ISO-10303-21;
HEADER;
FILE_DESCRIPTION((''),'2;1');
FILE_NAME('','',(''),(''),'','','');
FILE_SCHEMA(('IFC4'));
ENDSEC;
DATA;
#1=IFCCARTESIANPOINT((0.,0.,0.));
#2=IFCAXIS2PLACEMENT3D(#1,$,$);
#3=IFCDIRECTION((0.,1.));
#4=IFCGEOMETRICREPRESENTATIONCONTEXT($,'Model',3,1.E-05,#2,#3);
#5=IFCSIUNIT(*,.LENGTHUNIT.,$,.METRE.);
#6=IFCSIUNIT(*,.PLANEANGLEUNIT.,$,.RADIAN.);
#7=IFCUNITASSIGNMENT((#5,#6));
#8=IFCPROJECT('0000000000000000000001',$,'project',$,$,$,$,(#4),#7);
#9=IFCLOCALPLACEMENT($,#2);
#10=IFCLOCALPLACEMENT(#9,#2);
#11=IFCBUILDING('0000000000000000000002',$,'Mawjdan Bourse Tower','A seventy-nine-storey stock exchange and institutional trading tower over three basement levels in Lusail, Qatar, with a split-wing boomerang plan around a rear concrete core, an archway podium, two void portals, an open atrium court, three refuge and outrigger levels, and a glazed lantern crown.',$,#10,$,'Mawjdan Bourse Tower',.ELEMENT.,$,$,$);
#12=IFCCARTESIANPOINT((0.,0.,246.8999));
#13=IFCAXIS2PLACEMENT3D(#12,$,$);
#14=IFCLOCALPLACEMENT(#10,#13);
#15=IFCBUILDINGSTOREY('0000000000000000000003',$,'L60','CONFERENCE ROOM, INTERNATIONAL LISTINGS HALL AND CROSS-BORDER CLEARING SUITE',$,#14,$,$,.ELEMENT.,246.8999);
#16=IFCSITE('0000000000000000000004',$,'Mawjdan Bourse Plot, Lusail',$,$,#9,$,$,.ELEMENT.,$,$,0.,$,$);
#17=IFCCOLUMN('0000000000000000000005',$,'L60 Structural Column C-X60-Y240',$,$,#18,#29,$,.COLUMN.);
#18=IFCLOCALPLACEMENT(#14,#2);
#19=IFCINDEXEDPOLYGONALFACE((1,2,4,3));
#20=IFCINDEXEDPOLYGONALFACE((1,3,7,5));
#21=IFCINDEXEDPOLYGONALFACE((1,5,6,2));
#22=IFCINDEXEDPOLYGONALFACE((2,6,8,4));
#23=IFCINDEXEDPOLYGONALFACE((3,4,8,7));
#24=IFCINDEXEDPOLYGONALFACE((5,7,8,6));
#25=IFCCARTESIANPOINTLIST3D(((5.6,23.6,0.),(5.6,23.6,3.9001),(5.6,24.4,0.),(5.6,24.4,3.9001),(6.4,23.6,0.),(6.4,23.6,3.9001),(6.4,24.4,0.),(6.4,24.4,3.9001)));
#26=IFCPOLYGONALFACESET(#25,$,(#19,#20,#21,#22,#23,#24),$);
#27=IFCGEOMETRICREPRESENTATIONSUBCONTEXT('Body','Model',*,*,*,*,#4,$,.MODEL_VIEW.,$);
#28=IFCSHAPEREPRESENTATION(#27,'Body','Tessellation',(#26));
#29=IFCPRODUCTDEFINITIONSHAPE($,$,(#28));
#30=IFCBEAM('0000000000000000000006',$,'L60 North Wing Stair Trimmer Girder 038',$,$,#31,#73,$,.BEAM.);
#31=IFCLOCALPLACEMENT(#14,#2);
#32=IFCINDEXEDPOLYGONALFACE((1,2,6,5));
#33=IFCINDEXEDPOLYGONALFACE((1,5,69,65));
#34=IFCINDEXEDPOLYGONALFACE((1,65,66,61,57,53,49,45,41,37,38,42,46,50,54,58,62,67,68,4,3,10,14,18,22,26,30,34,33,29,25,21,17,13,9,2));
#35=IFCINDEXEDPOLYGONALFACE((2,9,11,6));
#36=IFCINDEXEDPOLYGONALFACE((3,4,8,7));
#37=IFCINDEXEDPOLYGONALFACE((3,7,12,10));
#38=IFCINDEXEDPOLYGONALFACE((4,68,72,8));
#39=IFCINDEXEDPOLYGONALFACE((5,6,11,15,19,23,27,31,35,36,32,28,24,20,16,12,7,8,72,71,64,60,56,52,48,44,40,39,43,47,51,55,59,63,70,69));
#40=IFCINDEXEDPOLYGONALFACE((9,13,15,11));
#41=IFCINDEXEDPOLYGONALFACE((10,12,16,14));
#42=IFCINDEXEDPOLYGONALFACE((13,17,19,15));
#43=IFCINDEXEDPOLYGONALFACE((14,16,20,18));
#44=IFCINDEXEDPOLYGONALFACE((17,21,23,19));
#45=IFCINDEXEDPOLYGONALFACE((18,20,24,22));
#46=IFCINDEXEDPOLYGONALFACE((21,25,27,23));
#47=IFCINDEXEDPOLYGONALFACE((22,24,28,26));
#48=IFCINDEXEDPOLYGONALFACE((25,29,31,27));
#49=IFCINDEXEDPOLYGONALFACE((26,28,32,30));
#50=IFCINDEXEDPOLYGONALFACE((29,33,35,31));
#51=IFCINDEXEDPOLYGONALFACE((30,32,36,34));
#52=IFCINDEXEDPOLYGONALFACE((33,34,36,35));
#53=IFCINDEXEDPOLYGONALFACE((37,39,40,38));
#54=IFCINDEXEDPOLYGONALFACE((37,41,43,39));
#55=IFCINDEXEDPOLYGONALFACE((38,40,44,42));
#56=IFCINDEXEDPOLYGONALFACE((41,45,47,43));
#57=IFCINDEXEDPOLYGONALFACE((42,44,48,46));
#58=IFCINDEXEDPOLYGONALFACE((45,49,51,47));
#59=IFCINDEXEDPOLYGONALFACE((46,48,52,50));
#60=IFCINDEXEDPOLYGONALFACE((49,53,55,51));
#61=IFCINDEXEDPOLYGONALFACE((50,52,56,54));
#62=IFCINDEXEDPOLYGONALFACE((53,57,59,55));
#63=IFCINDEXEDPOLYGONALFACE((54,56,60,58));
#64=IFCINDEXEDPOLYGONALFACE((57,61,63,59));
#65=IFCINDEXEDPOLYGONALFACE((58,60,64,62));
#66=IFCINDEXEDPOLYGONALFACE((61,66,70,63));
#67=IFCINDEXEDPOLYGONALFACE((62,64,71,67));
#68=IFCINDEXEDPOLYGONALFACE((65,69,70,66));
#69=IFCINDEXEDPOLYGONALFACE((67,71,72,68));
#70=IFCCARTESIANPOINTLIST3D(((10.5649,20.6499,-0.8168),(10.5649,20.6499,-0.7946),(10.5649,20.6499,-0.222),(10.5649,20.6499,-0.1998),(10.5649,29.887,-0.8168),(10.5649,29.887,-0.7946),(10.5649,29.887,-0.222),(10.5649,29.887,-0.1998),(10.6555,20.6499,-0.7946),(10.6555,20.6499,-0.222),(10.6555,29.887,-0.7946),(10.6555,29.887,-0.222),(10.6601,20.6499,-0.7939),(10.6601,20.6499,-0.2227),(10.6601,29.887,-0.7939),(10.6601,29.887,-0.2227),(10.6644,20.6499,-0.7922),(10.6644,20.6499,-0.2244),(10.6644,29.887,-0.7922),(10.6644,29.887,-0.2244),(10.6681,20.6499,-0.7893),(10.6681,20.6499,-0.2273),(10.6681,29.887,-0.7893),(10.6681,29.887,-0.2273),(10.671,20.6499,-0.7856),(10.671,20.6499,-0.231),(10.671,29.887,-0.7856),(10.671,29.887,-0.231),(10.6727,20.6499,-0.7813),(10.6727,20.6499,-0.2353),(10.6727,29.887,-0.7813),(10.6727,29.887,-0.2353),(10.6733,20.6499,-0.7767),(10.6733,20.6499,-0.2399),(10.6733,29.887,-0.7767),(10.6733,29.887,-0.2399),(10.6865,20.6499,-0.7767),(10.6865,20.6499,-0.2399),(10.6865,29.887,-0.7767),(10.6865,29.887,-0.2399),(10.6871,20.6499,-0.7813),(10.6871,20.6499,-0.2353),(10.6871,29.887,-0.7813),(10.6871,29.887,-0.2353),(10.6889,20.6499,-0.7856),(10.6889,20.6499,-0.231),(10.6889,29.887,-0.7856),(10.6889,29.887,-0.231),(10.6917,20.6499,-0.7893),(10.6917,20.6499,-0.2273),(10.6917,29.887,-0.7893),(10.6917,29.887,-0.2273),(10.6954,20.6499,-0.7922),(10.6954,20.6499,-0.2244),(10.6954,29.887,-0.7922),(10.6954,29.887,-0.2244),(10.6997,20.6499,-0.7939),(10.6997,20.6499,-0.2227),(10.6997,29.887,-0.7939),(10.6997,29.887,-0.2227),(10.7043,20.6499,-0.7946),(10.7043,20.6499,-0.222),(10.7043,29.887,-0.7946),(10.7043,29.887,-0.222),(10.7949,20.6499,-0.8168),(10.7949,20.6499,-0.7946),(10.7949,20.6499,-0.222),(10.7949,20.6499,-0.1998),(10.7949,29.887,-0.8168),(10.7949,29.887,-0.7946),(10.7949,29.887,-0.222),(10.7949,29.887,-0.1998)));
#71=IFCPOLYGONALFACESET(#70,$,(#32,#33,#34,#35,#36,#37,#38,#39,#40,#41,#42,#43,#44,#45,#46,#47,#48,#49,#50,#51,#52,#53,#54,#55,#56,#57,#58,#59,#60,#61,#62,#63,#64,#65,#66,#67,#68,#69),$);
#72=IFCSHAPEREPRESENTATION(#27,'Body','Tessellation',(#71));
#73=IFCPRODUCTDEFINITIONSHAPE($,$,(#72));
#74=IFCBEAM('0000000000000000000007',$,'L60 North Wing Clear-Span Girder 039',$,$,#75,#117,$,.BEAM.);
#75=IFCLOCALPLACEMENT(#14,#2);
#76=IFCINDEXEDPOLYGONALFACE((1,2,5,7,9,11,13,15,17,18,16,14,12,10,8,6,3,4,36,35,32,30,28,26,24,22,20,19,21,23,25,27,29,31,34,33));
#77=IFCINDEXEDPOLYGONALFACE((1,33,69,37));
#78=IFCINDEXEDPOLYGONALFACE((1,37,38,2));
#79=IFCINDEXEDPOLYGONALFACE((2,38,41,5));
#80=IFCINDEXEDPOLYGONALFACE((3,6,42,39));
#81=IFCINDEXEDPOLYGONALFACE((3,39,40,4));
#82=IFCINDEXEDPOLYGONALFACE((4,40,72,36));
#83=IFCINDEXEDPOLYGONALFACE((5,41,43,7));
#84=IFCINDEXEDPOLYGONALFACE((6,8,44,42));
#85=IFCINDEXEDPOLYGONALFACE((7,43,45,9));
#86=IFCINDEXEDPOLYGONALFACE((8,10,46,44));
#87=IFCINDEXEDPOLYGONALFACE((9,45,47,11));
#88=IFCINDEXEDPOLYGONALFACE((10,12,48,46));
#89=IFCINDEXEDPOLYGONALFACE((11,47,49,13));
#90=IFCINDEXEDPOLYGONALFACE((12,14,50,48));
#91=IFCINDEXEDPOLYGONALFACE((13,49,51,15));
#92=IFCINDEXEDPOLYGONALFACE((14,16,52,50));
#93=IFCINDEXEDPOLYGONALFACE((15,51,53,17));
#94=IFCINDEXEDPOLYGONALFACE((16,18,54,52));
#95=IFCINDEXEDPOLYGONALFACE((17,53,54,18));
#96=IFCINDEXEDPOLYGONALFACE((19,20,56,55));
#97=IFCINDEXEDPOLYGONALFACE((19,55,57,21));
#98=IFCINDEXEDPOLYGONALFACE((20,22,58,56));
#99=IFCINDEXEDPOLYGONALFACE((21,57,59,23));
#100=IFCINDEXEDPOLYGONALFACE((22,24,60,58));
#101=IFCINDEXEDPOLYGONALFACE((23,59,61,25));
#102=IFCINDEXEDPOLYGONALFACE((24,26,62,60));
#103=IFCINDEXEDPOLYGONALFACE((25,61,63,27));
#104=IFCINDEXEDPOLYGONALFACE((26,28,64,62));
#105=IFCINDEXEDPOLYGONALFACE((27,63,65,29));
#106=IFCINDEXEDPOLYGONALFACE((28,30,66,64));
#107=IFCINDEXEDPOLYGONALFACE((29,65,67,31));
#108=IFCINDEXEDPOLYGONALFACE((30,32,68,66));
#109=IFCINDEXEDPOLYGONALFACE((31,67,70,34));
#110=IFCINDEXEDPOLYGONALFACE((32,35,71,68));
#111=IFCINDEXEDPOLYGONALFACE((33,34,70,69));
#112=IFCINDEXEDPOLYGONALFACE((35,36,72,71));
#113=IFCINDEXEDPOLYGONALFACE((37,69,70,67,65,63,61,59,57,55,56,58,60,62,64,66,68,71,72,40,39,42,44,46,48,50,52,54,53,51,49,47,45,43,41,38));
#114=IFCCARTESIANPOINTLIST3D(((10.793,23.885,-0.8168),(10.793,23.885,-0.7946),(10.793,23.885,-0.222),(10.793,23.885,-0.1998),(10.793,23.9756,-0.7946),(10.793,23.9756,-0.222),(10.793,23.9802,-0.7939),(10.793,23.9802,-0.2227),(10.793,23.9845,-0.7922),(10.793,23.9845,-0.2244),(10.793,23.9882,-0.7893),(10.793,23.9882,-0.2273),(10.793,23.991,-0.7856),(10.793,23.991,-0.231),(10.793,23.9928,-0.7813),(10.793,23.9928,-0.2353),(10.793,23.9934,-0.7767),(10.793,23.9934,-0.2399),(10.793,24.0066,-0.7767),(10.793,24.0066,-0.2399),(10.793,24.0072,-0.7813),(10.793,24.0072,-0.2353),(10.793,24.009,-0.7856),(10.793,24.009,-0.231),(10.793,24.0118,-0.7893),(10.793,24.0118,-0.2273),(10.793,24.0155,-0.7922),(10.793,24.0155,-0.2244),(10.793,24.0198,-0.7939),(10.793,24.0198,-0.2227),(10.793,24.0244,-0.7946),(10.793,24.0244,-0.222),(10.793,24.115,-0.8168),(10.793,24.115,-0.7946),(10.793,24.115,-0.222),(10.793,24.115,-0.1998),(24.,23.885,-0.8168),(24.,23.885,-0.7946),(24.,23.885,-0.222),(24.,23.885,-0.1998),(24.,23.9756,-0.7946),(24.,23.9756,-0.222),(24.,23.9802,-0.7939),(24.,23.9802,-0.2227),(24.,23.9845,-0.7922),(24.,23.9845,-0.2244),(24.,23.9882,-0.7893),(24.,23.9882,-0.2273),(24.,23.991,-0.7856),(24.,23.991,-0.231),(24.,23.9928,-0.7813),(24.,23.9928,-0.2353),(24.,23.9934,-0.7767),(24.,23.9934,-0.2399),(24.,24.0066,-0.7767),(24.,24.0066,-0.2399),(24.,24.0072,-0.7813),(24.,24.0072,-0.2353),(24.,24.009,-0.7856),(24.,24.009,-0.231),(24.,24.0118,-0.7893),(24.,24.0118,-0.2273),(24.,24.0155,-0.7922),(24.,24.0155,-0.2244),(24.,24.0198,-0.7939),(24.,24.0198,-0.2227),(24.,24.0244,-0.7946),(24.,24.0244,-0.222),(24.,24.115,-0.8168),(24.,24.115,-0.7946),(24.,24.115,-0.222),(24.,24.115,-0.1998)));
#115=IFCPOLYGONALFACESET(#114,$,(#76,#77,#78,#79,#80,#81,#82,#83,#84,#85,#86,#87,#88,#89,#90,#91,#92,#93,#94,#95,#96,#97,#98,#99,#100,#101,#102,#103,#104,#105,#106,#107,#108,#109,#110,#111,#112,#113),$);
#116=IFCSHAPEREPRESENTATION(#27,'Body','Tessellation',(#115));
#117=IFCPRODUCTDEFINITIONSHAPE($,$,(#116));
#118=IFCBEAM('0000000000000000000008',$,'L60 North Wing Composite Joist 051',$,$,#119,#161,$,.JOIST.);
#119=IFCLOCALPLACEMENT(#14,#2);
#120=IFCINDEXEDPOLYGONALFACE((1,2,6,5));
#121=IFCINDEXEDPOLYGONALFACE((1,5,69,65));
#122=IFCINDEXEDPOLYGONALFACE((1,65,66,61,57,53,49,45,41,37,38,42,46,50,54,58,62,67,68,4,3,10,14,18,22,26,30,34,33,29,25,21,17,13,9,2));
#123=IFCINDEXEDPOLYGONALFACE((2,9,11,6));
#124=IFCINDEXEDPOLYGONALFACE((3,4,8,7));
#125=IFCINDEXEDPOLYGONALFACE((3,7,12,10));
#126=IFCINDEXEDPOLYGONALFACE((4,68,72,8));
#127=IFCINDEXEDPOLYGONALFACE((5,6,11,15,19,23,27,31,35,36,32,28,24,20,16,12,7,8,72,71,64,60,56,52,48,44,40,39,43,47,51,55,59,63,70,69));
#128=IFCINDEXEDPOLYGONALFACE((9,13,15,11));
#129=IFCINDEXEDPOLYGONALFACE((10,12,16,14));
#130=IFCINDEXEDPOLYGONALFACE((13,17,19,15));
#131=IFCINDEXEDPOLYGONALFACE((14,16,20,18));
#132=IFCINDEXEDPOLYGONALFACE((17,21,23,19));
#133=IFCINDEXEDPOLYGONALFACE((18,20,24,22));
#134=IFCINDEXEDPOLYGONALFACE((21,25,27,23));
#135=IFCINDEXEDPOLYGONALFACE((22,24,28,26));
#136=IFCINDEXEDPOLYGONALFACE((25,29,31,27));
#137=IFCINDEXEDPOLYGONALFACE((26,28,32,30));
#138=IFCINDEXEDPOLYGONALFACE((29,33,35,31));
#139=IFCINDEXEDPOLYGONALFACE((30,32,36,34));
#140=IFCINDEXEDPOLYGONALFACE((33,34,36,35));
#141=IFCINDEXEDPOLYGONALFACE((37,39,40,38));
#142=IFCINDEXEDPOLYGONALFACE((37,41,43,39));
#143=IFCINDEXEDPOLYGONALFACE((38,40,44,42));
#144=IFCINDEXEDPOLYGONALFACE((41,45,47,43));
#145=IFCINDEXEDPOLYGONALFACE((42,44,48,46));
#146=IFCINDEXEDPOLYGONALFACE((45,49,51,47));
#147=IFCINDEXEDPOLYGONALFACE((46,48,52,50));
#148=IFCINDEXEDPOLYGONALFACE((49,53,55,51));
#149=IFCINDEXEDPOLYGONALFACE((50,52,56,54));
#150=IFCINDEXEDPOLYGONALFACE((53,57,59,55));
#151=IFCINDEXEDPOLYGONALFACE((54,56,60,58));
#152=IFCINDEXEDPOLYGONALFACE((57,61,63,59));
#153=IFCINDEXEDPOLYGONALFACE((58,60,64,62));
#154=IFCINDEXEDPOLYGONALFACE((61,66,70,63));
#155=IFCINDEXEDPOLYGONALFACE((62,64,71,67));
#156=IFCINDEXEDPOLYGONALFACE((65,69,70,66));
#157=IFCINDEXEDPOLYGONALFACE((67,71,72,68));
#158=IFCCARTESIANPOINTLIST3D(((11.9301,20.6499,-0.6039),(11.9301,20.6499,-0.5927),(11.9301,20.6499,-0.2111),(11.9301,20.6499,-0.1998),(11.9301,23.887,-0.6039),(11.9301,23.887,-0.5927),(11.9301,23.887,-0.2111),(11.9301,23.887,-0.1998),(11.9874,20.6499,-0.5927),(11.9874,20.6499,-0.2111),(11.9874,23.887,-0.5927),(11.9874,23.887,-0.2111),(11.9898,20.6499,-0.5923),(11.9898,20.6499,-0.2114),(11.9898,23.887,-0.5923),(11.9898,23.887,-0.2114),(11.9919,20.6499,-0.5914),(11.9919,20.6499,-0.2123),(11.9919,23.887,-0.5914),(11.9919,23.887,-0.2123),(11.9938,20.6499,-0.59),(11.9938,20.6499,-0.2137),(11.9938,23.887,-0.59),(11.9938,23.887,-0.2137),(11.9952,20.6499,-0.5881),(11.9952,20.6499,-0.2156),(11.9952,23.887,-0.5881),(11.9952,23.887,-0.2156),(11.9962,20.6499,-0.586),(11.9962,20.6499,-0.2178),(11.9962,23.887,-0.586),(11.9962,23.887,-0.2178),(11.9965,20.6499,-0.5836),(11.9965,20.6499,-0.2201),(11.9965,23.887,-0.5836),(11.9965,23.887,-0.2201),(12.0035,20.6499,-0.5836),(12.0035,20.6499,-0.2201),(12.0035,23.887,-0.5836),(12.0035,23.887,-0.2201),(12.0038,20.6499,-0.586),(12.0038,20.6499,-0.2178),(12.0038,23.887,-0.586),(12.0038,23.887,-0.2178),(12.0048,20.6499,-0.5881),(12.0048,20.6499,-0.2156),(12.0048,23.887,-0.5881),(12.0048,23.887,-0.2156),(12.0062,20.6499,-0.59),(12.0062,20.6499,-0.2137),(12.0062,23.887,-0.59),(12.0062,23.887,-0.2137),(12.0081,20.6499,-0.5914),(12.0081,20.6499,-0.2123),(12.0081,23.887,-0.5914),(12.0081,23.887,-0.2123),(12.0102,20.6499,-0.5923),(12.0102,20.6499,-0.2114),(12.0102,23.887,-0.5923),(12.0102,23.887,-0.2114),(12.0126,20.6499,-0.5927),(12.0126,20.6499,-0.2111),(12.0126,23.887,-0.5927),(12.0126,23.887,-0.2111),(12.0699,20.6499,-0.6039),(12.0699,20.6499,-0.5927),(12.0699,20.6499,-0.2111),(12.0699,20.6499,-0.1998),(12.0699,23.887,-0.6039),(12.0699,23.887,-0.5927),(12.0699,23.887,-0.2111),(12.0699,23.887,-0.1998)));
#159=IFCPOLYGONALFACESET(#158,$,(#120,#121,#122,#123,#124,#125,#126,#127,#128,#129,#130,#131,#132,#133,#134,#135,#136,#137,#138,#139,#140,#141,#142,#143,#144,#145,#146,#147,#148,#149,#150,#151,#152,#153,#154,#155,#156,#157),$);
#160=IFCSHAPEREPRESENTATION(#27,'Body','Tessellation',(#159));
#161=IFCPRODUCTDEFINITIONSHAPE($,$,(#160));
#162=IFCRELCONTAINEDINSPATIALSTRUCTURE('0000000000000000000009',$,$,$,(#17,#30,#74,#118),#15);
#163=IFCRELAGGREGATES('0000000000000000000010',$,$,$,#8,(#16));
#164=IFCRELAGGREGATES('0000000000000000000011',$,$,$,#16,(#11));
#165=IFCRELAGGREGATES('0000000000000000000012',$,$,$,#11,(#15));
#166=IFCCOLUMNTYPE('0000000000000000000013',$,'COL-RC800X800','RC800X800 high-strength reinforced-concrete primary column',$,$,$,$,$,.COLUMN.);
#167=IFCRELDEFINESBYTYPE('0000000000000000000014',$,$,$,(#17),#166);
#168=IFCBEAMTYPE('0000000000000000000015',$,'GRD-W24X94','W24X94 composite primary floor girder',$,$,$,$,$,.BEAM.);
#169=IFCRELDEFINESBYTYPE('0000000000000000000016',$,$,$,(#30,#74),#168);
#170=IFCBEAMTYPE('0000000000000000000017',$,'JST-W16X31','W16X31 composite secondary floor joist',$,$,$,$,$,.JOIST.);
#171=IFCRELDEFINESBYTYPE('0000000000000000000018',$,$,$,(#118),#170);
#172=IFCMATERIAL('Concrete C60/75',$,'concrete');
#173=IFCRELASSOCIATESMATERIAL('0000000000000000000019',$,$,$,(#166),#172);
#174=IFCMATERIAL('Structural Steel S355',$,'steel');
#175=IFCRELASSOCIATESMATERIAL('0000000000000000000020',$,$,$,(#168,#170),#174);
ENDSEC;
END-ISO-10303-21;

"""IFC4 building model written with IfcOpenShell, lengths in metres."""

from ifc_helpers import new_model, si_unit, direction, frame, origin, origin_2d, place, context, subcontext, project, spatial, rectangle, i_section, extrude, material, material_profile, profile_set, type_object, element, save


model = new_model("IFC4")

# Units and contexts
model_context = context("Model", 3, precision=1e-05, world=origin(), true_north=direction((0.0, 1.0)))
body_context = subcontext(model_context, "Body", "Model", "MODEL_VIEW")
ifc_project = project(units=[si_unit("LENGTHUNIT", "METRE"), si_unit("PLANEANGLEUNIT", "RADIAN")], contexts=[model_context])

# Site, building, storey
site_placement = place(None, origin())
site = spatial("IfcSite", under=ifc_project, at=site_placement, Name="Mawjdan Bourse Plot, Lusail", CompositionType="ELEMENT", RefElevation=0.0)
building_placement = place(site_placement, origin())
building = spatial("IfcBuilding", under=site, at=building_placement, Name="Mawjdan Bourse Tower", Description="A seventy-nine-storey stock exchange and institutional trading tower over three basement levels in Lusail, Qatar, with a split-wing boomerang plan around a rear concrete core, an archway podium, two void portals, an open atrium court, three refuge and outrigger levels, and a glazed lantern crown.", LongName="Mawjdan Bourse Tower", CompositionType="ELEMENT")
storey_placement = place(building_placement, frame((0.0, 0.0, 246.8999)))
storey = spatial("IfcBuildingStorey", under=building, at=storey_placement, Name="L60", Description="CONFERENCE ROOM, INTERNATIONAL LISTINGS HALL AND CROSS-BORDER CLEARING SUITE", CompositionType="ELEMENT", Elevation=246.8999)

# Column
ifc_material_1 = material(Name="Concrete C60/75", Category="concrete")
ifc_material_profile_1 = material_profile(ifc_material_1, rectangle(XDim=0.8, YDim=0.8, at=origin_2d()), Name="RC800X800")
ifc_profile_set_1 = profile_set([ifc_material_profile_1], Name="Concrete C60/75")
column_type = type_object("IfcColumnType", Name="COL-RC800X800", Description="RC800X800 high-strength reinforced-concrete primary column", PredefinedType="COLUMN", material=ifc_profile_set_1)
column_placement = place(storey_placement, frame((6.0, 24.0, 0.0), z_axis=(0.0, 0.0, 1.0), x_axis=(1.0, 0.0, 0.0)))
element("IfcColumn", 1, at=column_placement, inside=storey, type_object=column_type, Name="L60 Structural Column C-X60-Y240", PredefinedType="COLUMN", context=body_context, shape_type="SweptSolid", body=[
    extrude(rectangle(XDim=0.8, YDim=0.8, at=origin_2d()), origin(), (0.0, 0.0, 1.0), 3.9001),
])

# Beams
ifc_material_2 = material(Name="Structural Steel S355", Category="steel")
ifc_material_profile_2 = material_profile(ifc_material_2, i_section(OverallWidth=0.23, OverallDepth=0.6169, WebThickness=0.0132, FlangeThickness=0.0222, FilletRadius=0.0178, at=origin_2d()), Name="W24X94")
ifc_profile_set_2 = profile_set([ifc_material_profile_2], Name="Structural Steel S355")
beam_type_1 = type_object("IfcBeamType", Name="GRD-W24X94", Description="W24X94 composite primary floor girder", PredefinedType="BEAM", material=ifc_profile_set_2)
beam_1_placement = place(storey_placement, frame((10.6799, 20.6499, -0.5083), z_axis=(0.0, 1.0, 0.0), x_axis=(-1.0, 0.0, 0.0)))
element("IfcBeam", 2, at=beam_1_placement, inside=storey, type_object=beam_type_1, Name="L60 North Wing Stair Trimmer Girder 038", PredefinedType="BEAM", context=body_context, shape_type="SweptSolid", body=[
    extrude(i_section(OverallWidth=0.23, OverallDepth=0.6169, WebThickness=0.0132, FlangeThickness=0.0222, FilletRadius=0.0178, at=origin_2d()), origin(), (0.0, 0.0, 1.0), 9.2371),
])
beam_2_placement = place(storey_placement, frame((10.793, 24.0, -0.5083), z_axis=(1.0, 0.0, 0.0), x_axis=(0.0, 1.0, 0.0)))
element("IfcBeam", 3, at=beam_2_placement, inside=storey, type_object=beam_type_1, Name="L60 North Wing Clear-Span Girder 039", PredefinedType="BEAM", context=body_context, shape_type="SweptSolid", body=[
    extrude(i_section(OverallWidth=0.23, OverallDepth=0.6169, WebThickness=0.0132, FlangeThickness=0.0222, FilletRadius=0.0178, at=origin_2d()), origin(), (0.0, 0.0, 1.0), 13.207),
])
ifc_material_profile_3 = material_profile(ifc_material_2, i_section(OverallWidth=0.1399, OverallDepth=0.4041, WebThickness=0.0071, FlangeThickness=0.0112, FilletRadius=0.009, at=origin_2d()), Name="W16X31")
ifc_profile_set_3 = profile_set([ifc_material_profile_3], Name="Structural Steel S355")
beam_type_2 = type_object("IfcBeamType", Name="JST-W16X31", Description="W16X31 composite secondary floor joist", PredefinedType="JOIST", material=ifc_profile_set_3)
beam_3_placement = place(storey_placement, frame((12.0, 20.6499, -0.4019), z_axis=(0.0, 1.0, 0.0), x_axis=(-1.0, 0.0, 0.0)))
element("IfcBeam", 4, at=beam_3_placement, inside=storey, type_object=beam_type_2, Name="L60 North Wing Composite Joist 051", PredefinedType="JOIST", context=body_context, shape_type="SweptSolid", body=[
    extrude(i_section(OverallWidth=0.1399, OverallDepth=0.4041, WebThickness=0.0071, FlangeThickness=0.0112, FilletRadius=0.009, at=origin_2d()), origin(), (0.0, 0.0, 1.0), 3.2371),
])

save(model, "model.ifc")
